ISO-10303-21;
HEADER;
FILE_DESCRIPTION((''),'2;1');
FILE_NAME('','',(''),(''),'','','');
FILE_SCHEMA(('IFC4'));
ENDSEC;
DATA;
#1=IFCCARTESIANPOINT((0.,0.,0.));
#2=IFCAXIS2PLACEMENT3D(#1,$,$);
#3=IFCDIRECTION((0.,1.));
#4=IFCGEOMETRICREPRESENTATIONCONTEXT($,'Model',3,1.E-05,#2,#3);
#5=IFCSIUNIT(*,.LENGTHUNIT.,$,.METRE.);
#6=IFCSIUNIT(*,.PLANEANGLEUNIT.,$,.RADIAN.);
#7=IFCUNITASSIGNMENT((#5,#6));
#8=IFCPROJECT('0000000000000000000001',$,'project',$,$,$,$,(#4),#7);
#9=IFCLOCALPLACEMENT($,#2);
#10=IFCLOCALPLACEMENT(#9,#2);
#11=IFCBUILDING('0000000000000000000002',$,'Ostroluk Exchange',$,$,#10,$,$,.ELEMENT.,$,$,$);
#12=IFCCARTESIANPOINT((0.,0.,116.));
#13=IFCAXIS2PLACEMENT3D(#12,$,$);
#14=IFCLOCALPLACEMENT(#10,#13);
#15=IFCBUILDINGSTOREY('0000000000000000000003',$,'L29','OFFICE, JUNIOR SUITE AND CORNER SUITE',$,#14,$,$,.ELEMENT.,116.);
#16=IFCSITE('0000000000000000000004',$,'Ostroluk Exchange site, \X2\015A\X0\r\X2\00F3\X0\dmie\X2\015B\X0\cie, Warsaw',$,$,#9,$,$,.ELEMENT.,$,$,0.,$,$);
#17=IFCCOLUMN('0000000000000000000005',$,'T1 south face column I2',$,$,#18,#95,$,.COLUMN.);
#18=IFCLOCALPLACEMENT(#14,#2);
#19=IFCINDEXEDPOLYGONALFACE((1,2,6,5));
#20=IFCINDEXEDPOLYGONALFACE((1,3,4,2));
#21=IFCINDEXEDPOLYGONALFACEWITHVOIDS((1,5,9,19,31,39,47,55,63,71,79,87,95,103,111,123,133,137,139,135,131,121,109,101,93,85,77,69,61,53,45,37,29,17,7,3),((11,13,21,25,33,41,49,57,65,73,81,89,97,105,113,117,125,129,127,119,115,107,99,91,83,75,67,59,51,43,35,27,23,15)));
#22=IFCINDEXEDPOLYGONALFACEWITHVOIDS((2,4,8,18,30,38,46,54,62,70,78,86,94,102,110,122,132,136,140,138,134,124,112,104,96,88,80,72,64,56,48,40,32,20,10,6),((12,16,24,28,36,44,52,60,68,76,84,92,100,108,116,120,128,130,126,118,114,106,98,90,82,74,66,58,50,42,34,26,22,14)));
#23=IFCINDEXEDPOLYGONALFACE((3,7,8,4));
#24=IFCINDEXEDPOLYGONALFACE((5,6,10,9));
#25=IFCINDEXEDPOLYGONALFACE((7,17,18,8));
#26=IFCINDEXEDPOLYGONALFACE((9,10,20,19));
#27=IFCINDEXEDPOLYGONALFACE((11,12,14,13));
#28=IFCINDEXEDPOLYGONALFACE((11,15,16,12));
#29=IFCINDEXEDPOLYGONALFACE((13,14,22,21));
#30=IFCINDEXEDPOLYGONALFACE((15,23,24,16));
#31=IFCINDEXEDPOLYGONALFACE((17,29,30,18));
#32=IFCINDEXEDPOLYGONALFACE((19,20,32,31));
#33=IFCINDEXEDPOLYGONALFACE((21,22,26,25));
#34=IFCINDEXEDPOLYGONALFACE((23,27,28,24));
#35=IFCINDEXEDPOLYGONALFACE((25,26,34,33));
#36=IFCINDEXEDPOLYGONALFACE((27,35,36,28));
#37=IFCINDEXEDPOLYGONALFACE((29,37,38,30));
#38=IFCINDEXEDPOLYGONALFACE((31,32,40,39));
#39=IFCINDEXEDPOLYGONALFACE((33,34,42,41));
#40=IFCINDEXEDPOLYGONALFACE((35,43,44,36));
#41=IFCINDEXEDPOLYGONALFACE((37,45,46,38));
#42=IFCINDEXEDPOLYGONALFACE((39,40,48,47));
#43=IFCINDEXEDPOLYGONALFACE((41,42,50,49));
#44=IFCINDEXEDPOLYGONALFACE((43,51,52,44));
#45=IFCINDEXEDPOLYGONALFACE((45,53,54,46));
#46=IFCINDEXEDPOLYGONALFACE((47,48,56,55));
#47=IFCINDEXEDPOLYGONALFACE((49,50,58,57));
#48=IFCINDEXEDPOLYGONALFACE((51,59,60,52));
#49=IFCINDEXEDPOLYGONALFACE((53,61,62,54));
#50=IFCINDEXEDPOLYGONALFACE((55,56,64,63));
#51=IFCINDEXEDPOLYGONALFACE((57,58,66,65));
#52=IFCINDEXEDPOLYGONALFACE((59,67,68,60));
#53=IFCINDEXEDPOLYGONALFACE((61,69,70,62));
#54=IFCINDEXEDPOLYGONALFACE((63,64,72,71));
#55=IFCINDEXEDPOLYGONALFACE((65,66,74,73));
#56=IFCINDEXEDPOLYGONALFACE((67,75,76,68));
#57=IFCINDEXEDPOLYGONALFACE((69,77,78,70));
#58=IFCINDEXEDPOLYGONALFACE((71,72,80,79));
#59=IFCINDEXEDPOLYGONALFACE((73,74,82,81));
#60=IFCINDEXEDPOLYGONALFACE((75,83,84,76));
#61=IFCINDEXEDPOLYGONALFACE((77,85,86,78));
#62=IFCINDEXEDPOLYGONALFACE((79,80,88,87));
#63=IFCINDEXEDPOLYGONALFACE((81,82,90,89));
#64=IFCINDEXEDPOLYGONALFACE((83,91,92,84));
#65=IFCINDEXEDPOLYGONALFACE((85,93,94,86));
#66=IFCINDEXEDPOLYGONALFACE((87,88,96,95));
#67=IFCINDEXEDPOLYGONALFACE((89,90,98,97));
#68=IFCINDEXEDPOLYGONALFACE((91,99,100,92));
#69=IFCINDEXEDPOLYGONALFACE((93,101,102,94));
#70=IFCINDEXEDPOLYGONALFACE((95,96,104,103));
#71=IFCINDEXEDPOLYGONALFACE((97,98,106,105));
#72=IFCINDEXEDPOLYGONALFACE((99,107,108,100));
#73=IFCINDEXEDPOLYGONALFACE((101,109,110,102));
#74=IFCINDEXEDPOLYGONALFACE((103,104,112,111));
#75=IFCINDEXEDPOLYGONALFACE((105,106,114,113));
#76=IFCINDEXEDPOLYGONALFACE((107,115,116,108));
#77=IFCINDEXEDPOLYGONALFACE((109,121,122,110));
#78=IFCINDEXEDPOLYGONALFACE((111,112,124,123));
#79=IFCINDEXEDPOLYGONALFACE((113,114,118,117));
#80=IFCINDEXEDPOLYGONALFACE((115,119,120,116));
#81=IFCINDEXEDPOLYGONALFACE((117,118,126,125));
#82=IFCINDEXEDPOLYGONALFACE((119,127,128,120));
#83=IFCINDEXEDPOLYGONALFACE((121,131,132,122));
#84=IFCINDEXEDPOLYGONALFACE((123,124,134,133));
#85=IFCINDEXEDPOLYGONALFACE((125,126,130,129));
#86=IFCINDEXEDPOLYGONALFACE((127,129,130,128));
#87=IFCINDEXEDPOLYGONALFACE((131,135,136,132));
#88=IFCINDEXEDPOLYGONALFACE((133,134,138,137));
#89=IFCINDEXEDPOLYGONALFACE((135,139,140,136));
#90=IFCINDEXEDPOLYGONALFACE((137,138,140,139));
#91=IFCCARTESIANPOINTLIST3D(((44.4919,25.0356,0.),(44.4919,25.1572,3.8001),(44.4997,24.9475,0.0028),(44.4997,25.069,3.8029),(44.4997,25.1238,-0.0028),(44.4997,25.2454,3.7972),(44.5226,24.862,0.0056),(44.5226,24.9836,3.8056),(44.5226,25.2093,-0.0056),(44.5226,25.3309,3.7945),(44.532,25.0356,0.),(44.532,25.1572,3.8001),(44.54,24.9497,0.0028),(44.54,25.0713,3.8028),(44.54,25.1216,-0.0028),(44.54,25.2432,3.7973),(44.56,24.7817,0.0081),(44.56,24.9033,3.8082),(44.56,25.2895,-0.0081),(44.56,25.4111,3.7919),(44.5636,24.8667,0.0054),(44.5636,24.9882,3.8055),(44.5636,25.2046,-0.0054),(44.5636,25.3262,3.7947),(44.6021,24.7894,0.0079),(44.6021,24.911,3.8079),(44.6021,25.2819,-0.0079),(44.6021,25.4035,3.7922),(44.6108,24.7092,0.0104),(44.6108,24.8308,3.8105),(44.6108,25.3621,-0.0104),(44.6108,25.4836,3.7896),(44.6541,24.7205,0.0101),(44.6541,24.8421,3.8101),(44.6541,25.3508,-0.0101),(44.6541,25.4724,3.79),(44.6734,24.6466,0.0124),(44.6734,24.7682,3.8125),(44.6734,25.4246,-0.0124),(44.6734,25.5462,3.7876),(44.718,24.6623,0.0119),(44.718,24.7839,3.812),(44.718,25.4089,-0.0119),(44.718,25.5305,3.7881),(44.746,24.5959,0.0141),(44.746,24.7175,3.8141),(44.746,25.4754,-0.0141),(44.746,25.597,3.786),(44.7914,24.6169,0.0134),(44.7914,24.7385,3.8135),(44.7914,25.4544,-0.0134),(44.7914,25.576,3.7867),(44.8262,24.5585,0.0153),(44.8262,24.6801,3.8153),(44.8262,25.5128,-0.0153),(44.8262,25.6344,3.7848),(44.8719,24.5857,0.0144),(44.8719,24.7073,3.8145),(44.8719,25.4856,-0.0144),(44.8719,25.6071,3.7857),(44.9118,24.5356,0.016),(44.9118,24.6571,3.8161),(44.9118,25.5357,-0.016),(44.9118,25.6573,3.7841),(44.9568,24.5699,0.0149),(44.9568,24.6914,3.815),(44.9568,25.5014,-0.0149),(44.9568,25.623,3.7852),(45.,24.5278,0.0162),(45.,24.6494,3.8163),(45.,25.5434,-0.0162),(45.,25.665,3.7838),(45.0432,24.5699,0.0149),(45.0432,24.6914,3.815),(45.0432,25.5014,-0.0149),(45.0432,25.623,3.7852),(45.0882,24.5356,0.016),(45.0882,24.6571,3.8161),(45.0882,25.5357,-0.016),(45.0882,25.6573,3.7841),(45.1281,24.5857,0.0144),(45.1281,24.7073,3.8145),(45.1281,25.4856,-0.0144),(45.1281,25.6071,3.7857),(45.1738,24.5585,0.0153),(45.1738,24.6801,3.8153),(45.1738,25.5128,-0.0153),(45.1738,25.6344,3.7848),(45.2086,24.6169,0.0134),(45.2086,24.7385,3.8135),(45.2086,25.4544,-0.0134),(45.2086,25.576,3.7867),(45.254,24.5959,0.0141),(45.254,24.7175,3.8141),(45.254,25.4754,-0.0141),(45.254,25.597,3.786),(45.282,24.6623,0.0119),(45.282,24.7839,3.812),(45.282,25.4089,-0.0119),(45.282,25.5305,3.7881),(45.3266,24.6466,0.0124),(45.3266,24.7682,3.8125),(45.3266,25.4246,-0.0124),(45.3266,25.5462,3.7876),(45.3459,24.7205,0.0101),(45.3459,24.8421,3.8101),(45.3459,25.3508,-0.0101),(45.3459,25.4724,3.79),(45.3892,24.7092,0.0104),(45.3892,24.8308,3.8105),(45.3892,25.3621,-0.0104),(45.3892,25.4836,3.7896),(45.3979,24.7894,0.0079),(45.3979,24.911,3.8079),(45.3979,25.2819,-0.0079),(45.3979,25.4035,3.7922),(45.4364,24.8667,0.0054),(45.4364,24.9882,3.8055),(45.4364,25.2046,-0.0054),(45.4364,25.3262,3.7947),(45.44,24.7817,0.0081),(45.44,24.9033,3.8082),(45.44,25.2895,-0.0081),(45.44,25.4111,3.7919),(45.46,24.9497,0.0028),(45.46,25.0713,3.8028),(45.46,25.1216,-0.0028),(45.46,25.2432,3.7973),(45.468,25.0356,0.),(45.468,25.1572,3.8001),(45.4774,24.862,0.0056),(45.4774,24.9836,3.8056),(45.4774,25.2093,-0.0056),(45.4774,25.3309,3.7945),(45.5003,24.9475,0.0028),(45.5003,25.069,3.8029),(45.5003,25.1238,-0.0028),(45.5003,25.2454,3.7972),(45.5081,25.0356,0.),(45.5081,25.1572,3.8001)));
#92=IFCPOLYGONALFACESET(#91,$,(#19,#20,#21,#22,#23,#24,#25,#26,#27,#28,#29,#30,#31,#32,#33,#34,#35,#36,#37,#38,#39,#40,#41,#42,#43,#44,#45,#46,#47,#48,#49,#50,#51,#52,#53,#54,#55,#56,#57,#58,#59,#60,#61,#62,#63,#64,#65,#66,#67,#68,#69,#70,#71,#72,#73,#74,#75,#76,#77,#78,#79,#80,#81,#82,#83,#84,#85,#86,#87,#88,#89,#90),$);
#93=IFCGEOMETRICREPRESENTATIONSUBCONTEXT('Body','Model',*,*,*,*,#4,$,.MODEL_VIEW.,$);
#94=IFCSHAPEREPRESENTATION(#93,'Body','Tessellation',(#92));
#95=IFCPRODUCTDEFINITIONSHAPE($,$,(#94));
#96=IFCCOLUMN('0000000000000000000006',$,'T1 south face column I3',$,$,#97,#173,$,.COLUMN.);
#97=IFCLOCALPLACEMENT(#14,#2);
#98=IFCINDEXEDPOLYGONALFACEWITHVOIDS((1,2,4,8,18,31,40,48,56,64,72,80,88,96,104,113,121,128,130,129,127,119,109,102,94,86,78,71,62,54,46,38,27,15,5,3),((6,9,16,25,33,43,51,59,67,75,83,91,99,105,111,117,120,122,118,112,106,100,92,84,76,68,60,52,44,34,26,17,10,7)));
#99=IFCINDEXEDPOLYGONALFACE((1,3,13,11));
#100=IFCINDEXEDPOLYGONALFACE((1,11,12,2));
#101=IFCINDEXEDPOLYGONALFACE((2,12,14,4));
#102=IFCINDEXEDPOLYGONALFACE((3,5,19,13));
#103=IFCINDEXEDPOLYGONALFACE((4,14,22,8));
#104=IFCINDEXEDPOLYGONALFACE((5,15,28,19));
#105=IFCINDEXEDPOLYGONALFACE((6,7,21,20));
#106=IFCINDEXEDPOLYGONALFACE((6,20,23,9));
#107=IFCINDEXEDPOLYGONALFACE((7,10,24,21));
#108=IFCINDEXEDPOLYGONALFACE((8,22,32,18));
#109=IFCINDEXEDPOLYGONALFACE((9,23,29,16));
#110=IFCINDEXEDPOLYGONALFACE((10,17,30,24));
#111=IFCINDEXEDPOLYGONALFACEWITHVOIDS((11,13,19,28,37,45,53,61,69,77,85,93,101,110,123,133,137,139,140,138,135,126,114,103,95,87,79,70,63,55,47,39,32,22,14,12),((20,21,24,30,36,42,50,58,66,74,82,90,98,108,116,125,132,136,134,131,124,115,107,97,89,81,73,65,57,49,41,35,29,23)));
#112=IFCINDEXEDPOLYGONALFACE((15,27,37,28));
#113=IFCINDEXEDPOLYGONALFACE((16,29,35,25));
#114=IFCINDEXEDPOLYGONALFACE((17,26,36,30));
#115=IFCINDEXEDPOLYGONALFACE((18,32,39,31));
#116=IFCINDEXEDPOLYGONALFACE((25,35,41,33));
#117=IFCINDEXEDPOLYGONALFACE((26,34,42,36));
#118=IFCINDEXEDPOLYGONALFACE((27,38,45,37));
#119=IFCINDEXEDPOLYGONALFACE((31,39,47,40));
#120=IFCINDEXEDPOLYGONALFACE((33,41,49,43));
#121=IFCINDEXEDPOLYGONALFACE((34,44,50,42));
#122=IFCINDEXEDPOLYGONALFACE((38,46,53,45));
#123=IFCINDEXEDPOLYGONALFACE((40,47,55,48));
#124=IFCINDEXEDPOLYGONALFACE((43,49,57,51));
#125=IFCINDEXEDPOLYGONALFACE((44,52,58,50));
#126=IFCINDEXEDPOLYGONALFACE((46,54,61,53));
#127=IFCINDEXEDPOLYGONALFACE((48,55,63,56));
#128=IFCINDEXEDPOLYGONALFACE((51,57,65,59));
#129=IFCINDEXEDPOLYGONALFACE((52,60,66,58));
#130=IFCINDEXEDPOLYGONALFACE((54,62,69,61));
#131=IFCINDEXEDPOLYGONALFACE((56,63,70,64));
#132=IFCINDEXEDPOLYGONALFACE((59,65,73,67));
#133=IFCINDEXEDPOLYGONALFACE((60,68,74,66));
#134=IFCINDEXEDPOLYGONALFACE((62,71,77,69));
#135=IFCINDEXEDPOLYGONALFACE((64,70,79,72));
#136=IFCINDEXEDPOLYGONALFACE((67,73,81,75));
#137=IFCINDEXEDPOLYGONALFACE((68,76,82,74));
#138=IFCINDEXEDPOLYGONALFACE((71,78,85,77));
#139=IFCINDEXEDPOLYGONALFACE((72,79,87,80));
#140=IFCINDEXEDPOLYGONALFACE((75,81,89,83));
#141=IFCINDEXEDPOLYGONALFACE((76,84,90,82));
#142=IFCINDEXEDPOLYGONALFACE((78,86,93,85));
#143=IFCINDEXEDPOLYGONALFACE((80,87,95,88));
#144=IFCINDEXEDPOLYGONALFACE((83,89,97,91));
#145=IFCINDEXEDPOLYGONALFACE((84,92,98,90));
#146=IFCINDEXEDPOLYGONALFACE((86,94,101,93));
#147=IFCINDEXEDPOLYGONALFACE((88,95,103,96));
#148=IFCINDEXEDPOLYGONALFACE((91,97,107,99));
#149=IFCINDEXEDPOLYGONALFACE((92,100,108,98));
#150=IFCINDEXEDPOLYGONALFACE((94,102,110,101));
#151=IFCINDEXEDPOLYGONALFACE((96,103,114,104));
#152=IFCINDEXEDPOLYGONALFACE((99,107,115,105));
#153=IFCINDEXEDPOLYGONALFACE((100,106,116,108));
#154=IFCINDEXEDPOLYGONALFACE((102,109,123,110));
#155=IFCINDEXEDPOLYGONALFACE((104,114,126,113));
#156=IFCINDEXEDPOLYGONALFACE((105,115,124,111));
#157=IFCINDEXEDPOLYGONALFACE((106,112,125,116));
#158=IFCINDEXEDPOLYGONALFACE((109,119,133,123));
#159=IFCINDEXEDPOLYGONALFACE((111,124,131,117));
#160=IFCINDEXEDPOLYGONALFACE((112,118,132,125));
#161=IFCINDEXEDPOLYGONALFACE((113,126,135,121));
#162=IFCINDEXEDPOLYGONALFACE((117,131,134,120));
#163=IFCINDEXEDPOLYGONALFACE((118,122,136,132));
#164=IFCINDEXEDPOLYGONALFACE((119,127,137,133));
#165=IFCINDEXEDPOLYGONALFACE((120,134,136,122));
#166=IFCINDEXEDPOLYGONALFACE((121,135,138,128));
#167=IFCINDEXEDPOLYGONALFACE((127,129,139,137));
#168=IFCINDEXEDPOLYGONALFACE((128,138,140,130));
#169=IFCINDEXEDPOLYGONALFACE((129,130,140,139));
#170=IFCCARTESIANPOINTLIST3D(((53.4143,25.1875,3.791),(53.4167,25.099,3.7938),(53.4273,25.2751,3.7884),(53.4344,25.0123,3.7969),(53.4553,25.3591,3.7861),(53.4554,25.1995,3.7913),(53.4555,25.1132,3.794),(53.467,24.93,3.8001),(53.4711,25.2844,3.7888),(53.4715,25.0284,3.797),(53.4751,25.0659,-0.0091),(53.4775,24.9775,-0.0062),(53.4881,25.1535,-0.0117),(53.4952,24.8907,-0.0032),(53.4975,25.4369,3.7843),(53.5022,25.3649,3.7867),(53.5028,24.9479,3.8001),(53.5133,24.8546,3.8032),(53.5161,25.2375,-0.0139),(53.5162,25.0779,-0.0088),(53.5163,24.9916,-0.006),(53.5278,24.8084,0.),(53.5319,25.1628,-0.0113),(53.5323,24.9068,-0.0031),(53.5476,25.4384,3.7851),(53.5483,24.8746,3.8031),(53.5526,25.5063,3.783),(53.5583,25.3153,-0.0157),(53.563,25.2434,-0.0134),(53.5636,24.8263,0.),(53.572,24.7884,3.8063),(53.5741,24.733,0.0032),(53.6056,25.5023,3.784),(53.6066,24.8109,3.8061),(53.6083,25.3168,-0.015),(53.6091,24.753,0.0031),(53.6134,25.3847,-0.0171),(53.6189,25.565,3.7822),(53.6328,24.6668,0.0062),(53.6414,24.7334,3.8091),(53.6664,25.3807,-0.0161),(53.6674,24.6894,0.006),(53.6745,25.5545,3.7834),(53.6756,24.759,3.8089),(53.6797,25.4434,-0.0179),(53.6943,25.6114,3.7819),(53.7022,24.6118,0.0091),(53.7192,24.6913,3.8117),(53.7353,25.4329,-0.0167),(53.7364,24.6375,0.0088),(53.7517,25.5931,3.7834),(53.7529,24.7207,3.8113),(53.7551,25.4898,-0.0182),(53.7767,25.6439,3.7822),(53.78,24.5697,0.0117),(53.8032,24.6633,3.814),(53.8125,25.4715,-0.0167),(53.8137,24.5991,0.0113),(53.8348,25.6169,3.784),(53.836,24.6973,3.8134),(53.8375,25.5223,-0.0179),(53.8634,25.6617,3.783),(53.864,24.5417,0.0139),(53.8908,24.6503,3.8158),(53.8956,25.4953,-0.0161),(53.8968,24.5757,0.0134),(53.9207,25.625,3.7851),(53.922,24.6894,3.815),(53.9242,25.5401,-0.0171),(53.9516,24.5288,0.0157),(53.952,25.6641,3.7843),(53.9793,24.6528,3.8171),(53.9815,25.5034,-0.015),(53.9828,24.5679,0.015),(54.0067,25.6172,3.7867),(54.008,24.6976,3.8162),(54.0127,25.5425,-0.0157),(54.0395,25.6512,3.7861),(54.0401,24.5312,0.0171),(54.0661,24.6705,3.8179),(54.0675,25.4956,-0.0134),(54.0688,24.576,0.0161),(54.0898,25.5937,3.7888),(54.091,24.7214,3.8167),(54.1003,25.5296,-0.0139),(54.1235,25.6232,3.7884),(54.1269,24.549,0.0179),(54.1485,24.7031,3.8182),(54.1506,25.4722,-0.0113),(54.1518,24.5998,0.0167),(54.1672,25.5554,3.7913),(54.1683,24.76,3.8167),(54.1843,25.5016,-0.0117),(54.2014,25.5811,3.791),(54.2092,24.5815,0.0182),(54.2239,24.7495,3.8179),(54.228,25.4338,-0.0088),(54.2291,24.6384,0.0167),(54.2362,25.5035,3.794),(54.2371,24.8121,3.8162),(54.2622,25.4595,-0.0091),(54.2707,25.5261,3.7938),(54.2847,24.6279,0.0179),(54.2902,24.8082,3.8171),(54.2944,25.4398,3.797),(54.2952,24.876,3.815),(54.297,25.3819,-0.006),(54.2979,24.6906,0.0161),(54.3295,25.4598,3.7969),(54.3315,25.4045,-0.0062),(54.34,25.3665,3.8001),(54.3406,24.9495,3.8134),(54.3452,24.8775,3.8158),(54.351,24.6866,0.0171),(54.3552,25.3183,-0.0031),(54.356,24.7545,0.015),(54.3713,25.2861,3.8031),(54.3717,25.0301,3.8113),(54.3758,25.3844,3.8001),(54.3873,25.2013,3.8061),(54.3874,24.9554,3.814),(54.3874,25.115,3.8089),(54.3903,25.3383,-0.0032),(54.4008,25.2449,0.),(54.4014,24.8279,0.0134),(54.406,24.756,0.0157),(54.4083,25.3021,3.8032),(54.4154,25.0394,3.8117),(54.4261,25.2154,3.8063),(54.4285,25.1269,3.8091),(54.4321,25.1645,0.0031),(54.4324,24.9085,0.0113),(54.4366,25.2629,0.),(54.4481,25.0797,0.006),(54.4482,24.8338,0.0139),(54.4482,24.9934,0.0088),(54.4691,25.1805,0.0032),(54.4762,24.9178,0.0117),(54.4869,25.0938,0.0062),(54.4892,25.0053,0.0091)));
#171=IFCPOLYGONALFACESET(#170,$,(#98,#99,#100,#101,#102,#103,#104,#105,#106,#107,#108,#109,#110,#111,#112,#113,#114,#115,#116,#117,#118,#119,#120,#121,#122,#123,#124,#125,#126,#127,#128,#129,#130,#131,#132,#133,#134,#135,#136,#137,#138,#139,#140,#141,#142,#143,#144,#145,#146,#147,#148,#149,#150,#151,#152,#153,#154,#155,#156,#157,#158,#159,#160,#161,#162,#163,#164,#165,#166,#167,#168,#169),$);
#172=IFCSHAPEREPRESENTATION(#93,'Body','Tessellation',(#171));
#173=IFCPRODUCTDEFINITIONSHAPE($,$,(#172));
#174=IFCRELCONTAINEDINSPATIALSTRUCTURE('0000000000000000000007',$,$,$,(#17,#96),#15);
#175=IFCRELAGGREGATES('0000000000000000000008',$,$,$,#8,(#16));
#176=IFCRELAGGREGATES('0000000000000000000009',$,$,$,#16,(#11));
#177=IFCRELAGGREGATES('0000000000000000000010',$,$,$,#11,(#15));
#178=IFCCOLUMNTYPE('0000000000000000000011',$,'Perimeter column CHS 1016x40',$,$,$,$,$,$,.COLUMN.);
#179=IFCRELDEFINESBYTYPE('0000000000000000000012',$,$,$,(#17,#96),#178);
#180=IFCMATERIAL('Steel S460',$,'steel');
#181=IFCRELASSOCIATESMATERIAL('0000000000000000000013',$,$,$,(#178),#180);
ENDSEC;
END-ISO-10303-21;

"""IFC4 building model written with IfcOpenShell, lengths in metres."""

from ifc_helpers import new_model, si_unit, direction, frame, origin, origin_2d, place, context, subcontext, project, spatial, hollow_circle, extrude, material, material_profile, profile_set, type_object, element, save


model = new_model("IFC4")

# Units and contexts
model_context = context("Model", 3, precision=1e-05, world=origin(), true_north=direction((0.0, 1.0)))
body_context = subcontext(model_context, "Body", "Model", "MODEL_VIEW")
ifc_project = project(units=[si_unit("LENGTHUNIT", "METRE"), si_unit("PLANEANGLEUNIT", "RADIAN")], contexts=[model_context])

# Site, building, storey
site_placement = place(None, origin())
site = spatial("IfcSite", under=ifc_project, at=site_placement, Name="Ostroluk Exchange site, Śródmieście, Warsaw", CompositionType="ELEMENT", RefElevation=0.0)
building_placement = place(site_placement, origin())
building = spatial("IfcBuilding", under=site, at=building_placement, Name="Ostroluk Exchange", CompositionType="ELEMENT")
storey_placement = place(building_placement, frame((0.0, 0.0, 116.0)))
storey = spatial("IfcBuildingStorey", under=building, at=storey_placement, Name="L29", Description="OFFICE, JUNIOR SUITE AND CORNER SUITE", CompositionType="ELEMENT", Elevation=116.0)

# Columns
ifc_material_1 = material(Name="Steel S460", Category="steel")
ifc_material_profile_1 = material_profile(ifc_material_1, hollow_circle(Radius=0.5081, WallThickness=0.04, at=origin_2d()), Name="CHS 1016x40")
ifc_profile_set_1 = profile_set([ifc_material_profile_1], Name="Steel S460")
column_type = type_object("IfcColumnType", Name="Perimeter column CHS 1016x40", PredefinedType="COLUMN", material=ifc_profile_set_1)
column_1_placement = place(storey_placement, frame((45.0, 25.0356, 0.0), z_axis=(0.0, 0.031978, 0.999489), x_axis=(-1.0, 0.0, 0.0)))
element("IfcColumn", 1, at=column_1_placement, inside=storey, type_object=column_type, Name="T1 south face column I2", PredefinedType="COLUMN", context=body_context, shape_type="SweptSolid", body=[
    extrude(hollow_circle(Radius=0.5081, WallThickness=0.04, at=origin_2d()), origin(), (0.0, 0.0, 1.0), 3.802),
])
column_2_placement = place(storey_placement, frame((53.9822, 25.0356, 0.0), z_axis=(-0.015987, 0.031974, 0.999361), x_axis=(-0.894427, -0.447214, 0.0)))
element("IfcColumn", 2, at=column_2_placement, inside=storey, type_object=column_type, Name="T1 south face column I3", PredefinedType="COLUMN", context=body_context, shape_type="SweptSolid", body=[
    extrude(hollow_circle(Radius=0.5081, WallThickness=0.04, at=origin_2d()), origin(), (0.0, 0.0, 1.0), 3.8025),
])

save(model, "model.ifc")
